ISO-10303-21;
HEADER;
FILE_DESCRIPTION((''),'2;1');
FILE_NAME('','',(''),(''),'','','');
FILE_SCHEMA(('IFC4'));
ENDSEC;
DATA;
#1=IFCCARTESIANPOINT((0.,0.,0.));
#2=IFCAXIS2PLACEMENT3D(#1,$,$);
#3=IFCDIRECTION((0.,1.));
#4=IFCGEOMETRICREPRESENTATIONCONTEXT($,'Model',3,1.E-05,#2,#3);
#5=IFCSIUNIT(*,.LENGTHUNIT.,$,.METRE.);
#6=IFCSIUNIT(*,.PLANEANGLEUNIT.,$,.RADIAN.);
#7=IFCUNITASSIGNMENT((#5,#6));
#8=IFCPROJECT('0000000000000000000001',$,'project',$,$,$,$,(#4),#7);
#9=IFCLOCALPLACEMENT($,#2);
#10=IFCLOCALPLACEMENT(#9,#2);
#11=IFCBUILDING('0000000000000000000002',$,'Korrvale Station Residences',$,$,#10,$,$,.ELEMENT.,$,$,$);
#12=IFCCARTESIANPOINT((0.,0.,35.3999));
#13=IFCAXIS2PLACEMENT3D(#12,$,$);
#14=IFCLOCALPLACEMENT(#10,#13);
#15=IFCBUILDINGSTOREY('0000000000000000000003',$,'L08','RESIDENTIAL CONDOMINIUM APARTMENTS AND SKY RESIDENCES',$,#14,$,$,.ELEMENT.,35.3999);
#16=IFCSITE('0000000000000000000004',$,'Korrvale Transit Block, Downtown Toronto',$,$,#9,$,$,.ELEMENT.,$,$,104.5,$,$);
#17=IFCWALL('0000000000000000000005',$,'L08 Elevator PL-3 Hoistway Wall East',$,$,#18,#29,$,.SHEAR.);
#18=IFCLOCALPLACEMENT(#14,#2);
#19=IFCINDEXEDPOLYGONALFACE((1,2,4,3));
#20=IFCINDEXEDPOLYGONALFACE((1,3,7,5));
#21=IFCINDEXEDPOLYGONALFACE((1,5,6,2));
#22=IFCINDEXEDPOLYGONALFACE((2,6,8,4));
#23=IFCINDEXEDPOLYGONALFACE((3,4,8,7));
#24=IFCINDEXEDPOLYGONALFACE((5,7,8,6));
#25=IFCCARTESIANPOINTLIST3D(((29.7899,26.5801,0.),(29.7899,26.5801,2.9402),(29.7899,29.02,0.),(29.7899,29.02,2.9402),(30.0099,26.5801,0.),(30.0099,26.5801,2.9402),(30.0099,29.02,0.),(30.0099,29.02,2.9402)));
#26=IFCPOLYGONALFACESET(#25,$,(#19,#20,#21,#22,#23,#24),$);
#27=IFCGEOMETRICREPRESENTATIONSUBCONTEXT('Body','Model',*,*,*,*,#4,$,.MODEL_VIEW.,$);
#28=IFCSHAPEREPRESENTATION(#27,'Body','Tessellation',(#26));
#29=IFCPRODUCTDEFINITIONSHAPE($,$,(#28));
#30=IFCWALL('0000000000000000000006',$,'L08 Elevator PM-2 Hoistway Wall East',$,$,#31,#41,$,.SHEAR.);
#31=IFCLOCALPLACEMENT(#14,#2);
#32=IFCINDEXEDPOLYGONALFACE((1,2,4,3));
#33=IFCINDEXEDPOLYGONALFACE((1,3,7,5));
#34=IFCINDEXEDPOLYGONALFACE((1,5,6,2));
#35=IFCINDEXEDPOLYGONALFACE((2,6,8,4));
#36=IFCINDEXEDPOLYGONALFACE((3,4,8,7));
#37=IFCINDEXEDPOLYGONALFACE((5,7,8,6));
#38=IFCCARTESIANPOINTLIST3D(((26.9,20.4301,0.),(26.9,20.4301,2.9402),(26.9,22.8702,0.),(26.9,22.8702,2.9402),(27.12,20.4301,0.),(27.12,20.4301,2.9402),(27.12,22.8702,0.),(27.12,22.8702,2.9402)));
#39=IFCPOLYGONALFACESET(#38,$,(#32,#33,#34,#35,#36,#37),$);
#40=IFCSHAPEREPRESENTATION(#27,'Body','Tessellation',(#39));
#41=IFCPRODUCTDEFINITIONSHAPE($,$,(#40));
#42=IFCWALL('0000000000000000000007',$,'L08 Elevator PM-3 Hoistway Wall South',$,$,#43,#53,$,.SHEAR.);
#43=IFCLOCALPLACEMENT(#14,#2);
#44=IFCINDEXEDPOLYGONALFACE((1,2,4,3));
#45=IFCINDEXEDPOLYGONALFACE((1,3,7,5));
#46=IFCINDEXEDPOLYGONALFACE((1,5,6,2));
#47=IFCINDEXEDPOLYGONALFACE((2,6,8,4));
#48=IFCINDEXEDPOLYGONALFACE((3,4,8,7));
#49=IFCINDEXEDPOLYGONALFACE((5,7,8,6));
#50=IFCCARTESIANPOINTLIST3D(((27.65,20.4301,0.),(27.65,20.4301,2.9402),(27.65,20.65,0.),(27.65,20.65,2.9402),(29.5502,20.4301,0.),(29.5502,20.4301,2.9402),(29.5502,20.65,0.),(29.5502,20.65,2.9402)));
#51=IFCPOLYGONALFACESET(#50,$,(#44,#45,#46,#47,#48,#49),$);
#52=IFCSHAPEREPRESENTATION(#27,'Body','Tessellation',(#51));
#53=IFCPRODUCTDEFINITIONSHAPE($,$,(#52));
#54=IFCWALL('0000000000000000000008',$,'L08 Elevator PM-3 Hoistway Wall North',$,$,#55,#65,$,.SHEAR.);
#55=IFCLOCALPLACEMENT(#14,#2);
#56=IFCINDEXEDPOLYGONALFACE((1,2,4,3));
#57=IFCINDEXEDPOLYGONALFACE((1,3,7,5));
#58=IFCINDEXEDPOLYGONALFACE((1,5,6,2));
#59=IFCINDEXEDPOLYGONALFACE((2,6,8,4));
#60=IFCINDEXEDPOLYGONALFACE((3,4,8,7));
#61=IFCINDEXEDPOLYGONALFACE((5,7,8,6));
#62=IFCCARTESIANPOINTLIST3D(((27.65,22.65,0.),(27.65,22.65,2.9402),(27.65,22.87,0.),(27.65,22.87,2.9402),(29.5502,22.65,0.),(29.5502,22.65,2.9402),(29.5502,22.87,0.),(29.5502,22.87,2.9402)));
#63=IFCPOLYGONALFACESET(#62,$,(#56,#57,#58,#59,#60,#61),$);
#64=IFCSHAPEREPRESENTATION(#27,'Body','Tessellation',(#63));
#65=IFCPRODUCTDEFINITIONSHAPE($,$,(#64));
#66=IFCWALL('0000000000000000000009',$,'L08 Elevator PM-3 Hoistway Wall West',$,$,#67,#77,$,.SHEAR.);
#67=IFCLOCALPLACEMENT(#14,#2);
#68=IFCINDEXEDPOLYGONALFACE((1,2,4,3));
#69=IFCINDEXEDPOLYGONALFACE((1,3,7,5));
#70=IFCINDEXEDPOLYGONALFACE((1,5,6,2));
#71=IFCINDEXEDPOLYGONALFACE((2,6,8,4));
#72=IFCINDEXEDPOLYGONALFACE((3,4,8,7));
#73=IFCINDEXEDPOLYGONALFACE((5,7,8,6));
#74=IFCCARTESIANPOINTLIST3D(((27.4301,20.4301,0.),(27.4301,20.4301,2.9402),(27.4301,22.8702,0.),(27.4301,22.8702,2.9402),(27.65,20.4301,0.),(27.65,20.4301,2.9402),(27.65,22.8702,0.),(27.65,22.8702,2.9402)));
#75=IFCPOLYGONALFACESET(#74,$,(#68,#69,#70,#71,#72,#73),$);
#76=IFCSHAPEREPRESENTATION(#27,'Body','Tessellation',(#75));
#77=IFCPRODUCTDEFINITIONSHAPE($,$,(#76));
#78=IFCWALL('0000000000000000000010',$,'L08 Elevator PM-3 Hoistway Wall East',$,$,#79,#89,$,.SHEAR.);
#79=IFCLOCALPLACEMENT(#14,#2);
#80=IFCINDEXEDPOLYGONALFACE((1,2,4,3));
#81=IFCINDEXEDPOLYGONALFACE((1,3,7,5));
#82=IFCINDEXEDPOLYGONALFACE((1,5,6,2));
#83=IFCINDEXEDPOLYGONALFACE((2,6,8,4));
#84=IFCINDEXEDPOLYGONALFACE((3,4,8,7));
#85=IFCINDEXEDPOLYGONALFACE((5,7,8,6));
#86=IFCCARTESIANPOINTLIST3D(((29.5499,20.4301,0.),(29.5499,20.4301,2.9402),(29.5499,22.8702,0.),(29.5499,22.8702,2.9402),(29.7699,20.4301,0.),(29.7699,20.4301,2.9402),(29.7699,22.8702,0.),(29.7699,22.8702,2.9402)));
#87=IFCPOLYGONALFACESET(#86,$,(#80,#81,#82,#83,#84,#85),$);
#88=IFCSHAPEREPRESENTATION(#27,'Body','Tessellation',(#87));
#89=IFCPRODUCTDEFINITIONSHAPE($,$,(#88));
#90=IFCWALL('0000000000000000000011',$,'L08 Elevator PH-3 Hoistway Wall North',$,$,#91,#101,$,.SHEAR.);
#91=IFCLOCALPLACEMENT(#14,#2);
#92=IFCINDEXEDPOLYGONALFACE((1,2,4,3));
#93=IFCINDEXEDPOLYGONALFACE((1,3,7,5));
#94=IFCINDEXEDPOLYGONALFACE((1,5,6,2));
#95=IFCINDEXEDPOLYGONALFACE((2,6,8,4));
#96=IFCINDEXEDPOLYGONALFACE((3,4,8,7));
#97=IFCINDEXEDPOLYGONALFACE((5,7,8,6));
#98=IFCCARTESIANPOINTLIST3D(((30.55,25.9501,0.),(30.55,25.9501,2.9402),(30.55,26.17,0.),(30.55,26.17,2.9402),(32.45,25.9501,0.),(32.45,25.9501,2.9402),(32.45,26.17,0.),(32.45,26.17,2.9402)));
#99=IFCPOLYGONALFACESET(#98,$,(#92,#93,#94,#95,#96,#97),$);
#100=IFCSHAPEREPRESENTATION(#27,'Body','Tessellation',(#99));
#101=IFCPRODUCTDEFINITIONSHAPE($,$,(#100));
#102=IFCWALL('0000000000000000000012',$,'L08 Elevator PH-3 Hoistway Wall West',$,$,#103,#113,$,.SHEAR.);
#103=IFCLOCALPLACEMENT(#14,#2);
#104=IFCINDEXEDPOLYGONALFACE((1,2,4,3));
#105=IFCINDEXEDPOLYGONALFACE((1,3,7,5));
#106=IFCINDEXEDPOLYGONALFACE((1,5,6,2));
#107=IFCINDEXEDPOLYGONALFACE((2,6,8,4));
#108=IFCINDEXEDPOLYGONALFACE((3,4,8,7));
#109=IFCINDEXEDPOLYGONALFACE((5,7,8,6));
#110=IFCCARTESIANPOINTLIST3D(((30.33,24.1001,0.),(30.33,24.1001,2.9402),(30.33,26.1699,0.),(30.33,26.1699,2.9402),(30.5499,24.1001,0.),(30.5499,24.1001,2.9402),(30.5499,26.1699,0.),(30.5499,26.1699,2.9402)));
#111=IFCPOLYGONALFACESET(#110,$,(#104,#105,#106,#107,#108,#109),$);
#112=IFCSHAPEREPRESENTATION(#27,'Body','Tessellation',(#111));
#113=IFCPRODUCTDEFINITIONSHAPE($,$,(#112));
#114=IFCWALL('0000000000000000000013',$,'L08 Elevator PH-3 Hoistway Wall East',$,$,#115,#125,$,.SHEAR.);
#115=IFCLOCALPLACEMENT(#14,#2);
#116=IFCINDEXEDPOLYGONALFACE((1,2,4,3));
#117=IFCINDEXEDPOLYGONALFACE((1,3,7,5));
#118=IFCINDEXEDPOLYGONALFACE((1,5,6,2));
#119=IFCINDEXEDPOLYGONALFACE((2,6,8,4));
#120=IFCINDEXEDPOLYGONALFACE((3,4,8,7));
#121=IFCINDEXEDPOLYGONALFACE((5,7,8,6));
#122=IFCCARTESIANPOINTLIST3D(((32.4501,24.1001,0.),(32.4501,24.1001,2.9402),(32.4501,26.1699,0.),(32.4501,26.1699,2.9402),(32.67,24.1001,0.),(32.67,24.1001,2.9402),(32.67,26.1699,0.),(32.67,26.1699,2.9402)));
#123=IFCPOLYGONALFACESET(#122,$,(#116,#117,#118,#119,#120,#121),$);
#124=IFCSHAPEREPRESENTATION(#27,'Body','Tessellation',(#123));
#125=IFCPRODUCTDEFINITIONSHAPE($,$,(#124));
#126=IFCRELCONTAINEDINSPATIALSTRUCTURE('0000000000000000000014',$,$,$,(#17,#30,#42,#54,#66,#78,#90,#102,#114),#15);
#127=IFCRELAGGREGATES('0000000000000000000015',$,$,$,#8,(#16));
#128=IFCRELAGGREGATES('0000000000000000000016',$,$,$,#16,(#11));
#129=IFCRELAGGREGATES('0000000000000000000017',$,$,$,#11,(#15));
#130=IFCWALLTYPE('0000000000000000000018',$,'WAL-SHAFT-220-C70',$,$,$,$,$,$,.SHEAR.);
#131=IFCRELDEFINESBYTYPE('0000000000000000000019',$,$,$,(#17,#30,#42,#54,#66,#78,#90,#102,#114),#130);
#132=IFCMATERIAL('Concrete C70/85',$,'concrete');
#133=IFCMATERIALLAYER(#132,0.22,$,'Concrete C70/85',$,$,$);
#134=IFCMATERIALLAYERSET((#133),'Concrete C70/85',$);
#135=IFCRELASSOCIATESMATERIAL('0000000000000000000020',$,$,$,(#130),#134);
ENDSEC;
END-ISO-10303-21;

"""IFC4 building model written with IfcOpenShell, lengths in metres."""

from ifc_helpers import new_model, si_unit, direction, frame, frame_2d, origin, place, context, subcontext, project, spatial, rectangle, extrude, material, layer, layer_set, type_object, element, save


model = new_model("IFC4")

# Units and contexts
model_context = context("Model", 3, precision=1e-05, world=origin(), true_north=direction((0.0, 1.0)))
body_context = subcontext(model_context, "Body", "Model", "MODEL_VIEW")
ifc_project = project(units=[si_unit("LENGTHUNIT", "METRE"), si_unit("PLANEANGLEUNIT", "RADIAN")], contexts=[model_context])

# Site, building, storey
site_placement = place(None, origin())
site = spatial("IfcSite", under=ifc_project, at=site_placement, Name="Korrvale Transit Block, Downtown Toronto", CompositionType="ELEMENT", RefElevation=104.5)
building_placement = place(site_placement, origin())
building = spatial("IfcBuilding", under=site, at=building_placement, Name="Korrvale Station Residences", CompositionType="ELEMENT")
storey_placement = place(building_placement, frame((0.0, 0.0, 35.3999)))
storey = spatial("IfcBuildingStorey", under=building, at=storey_placement, Name="L08", Description="RESIDENTIAL CONDOMINIUM APARTMENTS AND SKY RESIDENCES", CompositionType="ELEMENT", Elevation=35.3999)

# Shared definitions
ifc_material_1 = material(Name="Concrete C70/85", Category="concrete")

# Shared definitions
ifc_layer_1 = layer(ifc_material_1, 0.22, Name="Concrete C70/85")
ifc_layer_set_1 = layer_set([ifc_layer_1], Name="Concrete C70/85")
wall_type_1 = type_object("IfcWallType", Name="WAL-SHAFT-220-C70", PredefinedType="SHEAR", material=ifc_layer_set_1)

# Walls
wall_1_placement = place(storey_placement, frame((29.8999, 26.5801, 0.0), z_axis=(0.0, 0.0, 1.0), x_axis=(0.0, 1.0, 0.0)))
element("IfcWall", 1, at=wall_1_placement, inside=storey, type_object=wall_type_1, Name="L08 Elevator PL-3 Hoistway Wall East", PredefinedType="SHEAR", context=body_context, shape_type="SweptSolid", body=[
    extrude(rectangle(XDim=2.4399, YDim=0.22, at=frame_2d((1.22, 0.0))), origin(), (0.0, 0.0, 1.0), 2.9402),
])
wall_2_placement = place(storey_placement, frame((27.01, 20.4299, 0.0), z_axis=(0.0, 0.0, 1.0), x_axis=(0.0, 1.0, 0.0)))
element("IfcWall", 2, at=wall_2_placement, inside=storey, type_object=wall_type_1, Name="L08 Elevator PM-2 Hoistway Wall East", PredefinedType="SHEAR", context=body_context, shape_type="SweptSolid", body=[
    extrude(rectangle(XDim=2.4402, YDim=0.22, at=frame_2d((1.2202, 0.0))), origin(), (0.0, 0.0, 1.0), 2.9402),
])
for number, where, z_axis, x_axis, name in (
    (3, (27.6499, 20.54, 0.0), (0.0, 0.0, 1.0), (1.0, 0.0, 0.0), "L08 Elevator PM-3 Hoistway Wall South"),
    (4, (27.6499, 22.76, 0.0), (0.0, 0.0, 1.0), (1.0, 0.0, 0.0), "L08 Elevator PM-3 Hoistway Wall North"),
):
    element("IfcWall", number, at=place(storey_placement, frame(where, z_axis=z_axis, x_axis=x_axis)), inside=storey, type_object=wall_type_1, Name=name, PredefinedType="SHEAR", context=body_context, shape_type="SweptSolid", body=[
        extrude(rectangle(XDim=1.9001, YDim=0.22, at=frame_2d((0.9502, 0.0))), origin(), (0.0, 0.0, 1.0), 2.9402),
    ])
for number, where, z_axis, x_axis, name in (
    (5, (27.54, 20.4299, 0.0), (0.0, 0.0, 1.0), (0.0, 1.0, 0.0), "L08 Elevator PM-3 Hoistway Wall West"),
    (6, (29.6599, 20.4299, 0.0), (0.0, 0.0, 1.0), (0.0, 1.0, 0.0), "L08 Elevator PM-3 Hoistway Wall East"),
):
    element("IfcWall", number, at=place(storey_placement, frame(where, z_axis=z_axis, x_axis=x_axis)), inside=storey, type_object=wall_type_1, Name=name, PredefinedType="SHEAR", context=body_context, shape_type="SweptSolid", body=[
        extrude(rectangle(XDim=2.4402, YDim=0.22, at=frame_2d((1.2202, 0.0))), origin(), (0.0, 0.0, 1.0), 2.9402),
    ])
wall_3_placement = place(storey_placement, frame((30.55, 26.0601, 0.0), z_axis=(0.0, 0.0, 1.0), x_axis=(1.0, 0.0, 0.0)))
element("IfcWall", 7, at=wall_3_placement, inside=storey, type_object=wall_type_1, Name="L08 Elevator PH-3 Hoistway Wall North", PredefinedType="SHEAR", context=body_context, shape_type="SweptSolid", body=[
    extrude(rectangle(XDim=1.8999, YDim=0.22, at=frame_2d((0.95, 0.0))), origin(), (0.0, 0.0, 1.0), 2.9402),
])
for number, where, z_axis, x_axis, name in (
    (8, (30.4399, 24.1001, 0.0), (0.0, 0.0, 1.0), (0.0, 1.0, 0.0), "L08 Elevator PH-3 Hoistway Wall West"),
    (9, (32.5601, 24.1001, 0.0), (0.0, 0.0, 1.0), (0.0, 1.0, 0.0), "L08 Elevator PH-3 Hoistway Wall East"),
):
    element("IfcWall", number, at=place(storey_placement, frame(where, z_axis=z_axis, x_axis=x_axis)), inside=storey, type_object=wall_type_1, Name=name, PredefinedType="SHEAR", context=body_context, shape_type="SweptSolid", body=[
        extrude(rectangle(XDim=2.0698, YDim=0.22, at=frame_2d((1.0349, 0.0))), origin(), (0.0, 0.0, 1.0), 2.9402),
    ])

save(model, "model.ifc")
